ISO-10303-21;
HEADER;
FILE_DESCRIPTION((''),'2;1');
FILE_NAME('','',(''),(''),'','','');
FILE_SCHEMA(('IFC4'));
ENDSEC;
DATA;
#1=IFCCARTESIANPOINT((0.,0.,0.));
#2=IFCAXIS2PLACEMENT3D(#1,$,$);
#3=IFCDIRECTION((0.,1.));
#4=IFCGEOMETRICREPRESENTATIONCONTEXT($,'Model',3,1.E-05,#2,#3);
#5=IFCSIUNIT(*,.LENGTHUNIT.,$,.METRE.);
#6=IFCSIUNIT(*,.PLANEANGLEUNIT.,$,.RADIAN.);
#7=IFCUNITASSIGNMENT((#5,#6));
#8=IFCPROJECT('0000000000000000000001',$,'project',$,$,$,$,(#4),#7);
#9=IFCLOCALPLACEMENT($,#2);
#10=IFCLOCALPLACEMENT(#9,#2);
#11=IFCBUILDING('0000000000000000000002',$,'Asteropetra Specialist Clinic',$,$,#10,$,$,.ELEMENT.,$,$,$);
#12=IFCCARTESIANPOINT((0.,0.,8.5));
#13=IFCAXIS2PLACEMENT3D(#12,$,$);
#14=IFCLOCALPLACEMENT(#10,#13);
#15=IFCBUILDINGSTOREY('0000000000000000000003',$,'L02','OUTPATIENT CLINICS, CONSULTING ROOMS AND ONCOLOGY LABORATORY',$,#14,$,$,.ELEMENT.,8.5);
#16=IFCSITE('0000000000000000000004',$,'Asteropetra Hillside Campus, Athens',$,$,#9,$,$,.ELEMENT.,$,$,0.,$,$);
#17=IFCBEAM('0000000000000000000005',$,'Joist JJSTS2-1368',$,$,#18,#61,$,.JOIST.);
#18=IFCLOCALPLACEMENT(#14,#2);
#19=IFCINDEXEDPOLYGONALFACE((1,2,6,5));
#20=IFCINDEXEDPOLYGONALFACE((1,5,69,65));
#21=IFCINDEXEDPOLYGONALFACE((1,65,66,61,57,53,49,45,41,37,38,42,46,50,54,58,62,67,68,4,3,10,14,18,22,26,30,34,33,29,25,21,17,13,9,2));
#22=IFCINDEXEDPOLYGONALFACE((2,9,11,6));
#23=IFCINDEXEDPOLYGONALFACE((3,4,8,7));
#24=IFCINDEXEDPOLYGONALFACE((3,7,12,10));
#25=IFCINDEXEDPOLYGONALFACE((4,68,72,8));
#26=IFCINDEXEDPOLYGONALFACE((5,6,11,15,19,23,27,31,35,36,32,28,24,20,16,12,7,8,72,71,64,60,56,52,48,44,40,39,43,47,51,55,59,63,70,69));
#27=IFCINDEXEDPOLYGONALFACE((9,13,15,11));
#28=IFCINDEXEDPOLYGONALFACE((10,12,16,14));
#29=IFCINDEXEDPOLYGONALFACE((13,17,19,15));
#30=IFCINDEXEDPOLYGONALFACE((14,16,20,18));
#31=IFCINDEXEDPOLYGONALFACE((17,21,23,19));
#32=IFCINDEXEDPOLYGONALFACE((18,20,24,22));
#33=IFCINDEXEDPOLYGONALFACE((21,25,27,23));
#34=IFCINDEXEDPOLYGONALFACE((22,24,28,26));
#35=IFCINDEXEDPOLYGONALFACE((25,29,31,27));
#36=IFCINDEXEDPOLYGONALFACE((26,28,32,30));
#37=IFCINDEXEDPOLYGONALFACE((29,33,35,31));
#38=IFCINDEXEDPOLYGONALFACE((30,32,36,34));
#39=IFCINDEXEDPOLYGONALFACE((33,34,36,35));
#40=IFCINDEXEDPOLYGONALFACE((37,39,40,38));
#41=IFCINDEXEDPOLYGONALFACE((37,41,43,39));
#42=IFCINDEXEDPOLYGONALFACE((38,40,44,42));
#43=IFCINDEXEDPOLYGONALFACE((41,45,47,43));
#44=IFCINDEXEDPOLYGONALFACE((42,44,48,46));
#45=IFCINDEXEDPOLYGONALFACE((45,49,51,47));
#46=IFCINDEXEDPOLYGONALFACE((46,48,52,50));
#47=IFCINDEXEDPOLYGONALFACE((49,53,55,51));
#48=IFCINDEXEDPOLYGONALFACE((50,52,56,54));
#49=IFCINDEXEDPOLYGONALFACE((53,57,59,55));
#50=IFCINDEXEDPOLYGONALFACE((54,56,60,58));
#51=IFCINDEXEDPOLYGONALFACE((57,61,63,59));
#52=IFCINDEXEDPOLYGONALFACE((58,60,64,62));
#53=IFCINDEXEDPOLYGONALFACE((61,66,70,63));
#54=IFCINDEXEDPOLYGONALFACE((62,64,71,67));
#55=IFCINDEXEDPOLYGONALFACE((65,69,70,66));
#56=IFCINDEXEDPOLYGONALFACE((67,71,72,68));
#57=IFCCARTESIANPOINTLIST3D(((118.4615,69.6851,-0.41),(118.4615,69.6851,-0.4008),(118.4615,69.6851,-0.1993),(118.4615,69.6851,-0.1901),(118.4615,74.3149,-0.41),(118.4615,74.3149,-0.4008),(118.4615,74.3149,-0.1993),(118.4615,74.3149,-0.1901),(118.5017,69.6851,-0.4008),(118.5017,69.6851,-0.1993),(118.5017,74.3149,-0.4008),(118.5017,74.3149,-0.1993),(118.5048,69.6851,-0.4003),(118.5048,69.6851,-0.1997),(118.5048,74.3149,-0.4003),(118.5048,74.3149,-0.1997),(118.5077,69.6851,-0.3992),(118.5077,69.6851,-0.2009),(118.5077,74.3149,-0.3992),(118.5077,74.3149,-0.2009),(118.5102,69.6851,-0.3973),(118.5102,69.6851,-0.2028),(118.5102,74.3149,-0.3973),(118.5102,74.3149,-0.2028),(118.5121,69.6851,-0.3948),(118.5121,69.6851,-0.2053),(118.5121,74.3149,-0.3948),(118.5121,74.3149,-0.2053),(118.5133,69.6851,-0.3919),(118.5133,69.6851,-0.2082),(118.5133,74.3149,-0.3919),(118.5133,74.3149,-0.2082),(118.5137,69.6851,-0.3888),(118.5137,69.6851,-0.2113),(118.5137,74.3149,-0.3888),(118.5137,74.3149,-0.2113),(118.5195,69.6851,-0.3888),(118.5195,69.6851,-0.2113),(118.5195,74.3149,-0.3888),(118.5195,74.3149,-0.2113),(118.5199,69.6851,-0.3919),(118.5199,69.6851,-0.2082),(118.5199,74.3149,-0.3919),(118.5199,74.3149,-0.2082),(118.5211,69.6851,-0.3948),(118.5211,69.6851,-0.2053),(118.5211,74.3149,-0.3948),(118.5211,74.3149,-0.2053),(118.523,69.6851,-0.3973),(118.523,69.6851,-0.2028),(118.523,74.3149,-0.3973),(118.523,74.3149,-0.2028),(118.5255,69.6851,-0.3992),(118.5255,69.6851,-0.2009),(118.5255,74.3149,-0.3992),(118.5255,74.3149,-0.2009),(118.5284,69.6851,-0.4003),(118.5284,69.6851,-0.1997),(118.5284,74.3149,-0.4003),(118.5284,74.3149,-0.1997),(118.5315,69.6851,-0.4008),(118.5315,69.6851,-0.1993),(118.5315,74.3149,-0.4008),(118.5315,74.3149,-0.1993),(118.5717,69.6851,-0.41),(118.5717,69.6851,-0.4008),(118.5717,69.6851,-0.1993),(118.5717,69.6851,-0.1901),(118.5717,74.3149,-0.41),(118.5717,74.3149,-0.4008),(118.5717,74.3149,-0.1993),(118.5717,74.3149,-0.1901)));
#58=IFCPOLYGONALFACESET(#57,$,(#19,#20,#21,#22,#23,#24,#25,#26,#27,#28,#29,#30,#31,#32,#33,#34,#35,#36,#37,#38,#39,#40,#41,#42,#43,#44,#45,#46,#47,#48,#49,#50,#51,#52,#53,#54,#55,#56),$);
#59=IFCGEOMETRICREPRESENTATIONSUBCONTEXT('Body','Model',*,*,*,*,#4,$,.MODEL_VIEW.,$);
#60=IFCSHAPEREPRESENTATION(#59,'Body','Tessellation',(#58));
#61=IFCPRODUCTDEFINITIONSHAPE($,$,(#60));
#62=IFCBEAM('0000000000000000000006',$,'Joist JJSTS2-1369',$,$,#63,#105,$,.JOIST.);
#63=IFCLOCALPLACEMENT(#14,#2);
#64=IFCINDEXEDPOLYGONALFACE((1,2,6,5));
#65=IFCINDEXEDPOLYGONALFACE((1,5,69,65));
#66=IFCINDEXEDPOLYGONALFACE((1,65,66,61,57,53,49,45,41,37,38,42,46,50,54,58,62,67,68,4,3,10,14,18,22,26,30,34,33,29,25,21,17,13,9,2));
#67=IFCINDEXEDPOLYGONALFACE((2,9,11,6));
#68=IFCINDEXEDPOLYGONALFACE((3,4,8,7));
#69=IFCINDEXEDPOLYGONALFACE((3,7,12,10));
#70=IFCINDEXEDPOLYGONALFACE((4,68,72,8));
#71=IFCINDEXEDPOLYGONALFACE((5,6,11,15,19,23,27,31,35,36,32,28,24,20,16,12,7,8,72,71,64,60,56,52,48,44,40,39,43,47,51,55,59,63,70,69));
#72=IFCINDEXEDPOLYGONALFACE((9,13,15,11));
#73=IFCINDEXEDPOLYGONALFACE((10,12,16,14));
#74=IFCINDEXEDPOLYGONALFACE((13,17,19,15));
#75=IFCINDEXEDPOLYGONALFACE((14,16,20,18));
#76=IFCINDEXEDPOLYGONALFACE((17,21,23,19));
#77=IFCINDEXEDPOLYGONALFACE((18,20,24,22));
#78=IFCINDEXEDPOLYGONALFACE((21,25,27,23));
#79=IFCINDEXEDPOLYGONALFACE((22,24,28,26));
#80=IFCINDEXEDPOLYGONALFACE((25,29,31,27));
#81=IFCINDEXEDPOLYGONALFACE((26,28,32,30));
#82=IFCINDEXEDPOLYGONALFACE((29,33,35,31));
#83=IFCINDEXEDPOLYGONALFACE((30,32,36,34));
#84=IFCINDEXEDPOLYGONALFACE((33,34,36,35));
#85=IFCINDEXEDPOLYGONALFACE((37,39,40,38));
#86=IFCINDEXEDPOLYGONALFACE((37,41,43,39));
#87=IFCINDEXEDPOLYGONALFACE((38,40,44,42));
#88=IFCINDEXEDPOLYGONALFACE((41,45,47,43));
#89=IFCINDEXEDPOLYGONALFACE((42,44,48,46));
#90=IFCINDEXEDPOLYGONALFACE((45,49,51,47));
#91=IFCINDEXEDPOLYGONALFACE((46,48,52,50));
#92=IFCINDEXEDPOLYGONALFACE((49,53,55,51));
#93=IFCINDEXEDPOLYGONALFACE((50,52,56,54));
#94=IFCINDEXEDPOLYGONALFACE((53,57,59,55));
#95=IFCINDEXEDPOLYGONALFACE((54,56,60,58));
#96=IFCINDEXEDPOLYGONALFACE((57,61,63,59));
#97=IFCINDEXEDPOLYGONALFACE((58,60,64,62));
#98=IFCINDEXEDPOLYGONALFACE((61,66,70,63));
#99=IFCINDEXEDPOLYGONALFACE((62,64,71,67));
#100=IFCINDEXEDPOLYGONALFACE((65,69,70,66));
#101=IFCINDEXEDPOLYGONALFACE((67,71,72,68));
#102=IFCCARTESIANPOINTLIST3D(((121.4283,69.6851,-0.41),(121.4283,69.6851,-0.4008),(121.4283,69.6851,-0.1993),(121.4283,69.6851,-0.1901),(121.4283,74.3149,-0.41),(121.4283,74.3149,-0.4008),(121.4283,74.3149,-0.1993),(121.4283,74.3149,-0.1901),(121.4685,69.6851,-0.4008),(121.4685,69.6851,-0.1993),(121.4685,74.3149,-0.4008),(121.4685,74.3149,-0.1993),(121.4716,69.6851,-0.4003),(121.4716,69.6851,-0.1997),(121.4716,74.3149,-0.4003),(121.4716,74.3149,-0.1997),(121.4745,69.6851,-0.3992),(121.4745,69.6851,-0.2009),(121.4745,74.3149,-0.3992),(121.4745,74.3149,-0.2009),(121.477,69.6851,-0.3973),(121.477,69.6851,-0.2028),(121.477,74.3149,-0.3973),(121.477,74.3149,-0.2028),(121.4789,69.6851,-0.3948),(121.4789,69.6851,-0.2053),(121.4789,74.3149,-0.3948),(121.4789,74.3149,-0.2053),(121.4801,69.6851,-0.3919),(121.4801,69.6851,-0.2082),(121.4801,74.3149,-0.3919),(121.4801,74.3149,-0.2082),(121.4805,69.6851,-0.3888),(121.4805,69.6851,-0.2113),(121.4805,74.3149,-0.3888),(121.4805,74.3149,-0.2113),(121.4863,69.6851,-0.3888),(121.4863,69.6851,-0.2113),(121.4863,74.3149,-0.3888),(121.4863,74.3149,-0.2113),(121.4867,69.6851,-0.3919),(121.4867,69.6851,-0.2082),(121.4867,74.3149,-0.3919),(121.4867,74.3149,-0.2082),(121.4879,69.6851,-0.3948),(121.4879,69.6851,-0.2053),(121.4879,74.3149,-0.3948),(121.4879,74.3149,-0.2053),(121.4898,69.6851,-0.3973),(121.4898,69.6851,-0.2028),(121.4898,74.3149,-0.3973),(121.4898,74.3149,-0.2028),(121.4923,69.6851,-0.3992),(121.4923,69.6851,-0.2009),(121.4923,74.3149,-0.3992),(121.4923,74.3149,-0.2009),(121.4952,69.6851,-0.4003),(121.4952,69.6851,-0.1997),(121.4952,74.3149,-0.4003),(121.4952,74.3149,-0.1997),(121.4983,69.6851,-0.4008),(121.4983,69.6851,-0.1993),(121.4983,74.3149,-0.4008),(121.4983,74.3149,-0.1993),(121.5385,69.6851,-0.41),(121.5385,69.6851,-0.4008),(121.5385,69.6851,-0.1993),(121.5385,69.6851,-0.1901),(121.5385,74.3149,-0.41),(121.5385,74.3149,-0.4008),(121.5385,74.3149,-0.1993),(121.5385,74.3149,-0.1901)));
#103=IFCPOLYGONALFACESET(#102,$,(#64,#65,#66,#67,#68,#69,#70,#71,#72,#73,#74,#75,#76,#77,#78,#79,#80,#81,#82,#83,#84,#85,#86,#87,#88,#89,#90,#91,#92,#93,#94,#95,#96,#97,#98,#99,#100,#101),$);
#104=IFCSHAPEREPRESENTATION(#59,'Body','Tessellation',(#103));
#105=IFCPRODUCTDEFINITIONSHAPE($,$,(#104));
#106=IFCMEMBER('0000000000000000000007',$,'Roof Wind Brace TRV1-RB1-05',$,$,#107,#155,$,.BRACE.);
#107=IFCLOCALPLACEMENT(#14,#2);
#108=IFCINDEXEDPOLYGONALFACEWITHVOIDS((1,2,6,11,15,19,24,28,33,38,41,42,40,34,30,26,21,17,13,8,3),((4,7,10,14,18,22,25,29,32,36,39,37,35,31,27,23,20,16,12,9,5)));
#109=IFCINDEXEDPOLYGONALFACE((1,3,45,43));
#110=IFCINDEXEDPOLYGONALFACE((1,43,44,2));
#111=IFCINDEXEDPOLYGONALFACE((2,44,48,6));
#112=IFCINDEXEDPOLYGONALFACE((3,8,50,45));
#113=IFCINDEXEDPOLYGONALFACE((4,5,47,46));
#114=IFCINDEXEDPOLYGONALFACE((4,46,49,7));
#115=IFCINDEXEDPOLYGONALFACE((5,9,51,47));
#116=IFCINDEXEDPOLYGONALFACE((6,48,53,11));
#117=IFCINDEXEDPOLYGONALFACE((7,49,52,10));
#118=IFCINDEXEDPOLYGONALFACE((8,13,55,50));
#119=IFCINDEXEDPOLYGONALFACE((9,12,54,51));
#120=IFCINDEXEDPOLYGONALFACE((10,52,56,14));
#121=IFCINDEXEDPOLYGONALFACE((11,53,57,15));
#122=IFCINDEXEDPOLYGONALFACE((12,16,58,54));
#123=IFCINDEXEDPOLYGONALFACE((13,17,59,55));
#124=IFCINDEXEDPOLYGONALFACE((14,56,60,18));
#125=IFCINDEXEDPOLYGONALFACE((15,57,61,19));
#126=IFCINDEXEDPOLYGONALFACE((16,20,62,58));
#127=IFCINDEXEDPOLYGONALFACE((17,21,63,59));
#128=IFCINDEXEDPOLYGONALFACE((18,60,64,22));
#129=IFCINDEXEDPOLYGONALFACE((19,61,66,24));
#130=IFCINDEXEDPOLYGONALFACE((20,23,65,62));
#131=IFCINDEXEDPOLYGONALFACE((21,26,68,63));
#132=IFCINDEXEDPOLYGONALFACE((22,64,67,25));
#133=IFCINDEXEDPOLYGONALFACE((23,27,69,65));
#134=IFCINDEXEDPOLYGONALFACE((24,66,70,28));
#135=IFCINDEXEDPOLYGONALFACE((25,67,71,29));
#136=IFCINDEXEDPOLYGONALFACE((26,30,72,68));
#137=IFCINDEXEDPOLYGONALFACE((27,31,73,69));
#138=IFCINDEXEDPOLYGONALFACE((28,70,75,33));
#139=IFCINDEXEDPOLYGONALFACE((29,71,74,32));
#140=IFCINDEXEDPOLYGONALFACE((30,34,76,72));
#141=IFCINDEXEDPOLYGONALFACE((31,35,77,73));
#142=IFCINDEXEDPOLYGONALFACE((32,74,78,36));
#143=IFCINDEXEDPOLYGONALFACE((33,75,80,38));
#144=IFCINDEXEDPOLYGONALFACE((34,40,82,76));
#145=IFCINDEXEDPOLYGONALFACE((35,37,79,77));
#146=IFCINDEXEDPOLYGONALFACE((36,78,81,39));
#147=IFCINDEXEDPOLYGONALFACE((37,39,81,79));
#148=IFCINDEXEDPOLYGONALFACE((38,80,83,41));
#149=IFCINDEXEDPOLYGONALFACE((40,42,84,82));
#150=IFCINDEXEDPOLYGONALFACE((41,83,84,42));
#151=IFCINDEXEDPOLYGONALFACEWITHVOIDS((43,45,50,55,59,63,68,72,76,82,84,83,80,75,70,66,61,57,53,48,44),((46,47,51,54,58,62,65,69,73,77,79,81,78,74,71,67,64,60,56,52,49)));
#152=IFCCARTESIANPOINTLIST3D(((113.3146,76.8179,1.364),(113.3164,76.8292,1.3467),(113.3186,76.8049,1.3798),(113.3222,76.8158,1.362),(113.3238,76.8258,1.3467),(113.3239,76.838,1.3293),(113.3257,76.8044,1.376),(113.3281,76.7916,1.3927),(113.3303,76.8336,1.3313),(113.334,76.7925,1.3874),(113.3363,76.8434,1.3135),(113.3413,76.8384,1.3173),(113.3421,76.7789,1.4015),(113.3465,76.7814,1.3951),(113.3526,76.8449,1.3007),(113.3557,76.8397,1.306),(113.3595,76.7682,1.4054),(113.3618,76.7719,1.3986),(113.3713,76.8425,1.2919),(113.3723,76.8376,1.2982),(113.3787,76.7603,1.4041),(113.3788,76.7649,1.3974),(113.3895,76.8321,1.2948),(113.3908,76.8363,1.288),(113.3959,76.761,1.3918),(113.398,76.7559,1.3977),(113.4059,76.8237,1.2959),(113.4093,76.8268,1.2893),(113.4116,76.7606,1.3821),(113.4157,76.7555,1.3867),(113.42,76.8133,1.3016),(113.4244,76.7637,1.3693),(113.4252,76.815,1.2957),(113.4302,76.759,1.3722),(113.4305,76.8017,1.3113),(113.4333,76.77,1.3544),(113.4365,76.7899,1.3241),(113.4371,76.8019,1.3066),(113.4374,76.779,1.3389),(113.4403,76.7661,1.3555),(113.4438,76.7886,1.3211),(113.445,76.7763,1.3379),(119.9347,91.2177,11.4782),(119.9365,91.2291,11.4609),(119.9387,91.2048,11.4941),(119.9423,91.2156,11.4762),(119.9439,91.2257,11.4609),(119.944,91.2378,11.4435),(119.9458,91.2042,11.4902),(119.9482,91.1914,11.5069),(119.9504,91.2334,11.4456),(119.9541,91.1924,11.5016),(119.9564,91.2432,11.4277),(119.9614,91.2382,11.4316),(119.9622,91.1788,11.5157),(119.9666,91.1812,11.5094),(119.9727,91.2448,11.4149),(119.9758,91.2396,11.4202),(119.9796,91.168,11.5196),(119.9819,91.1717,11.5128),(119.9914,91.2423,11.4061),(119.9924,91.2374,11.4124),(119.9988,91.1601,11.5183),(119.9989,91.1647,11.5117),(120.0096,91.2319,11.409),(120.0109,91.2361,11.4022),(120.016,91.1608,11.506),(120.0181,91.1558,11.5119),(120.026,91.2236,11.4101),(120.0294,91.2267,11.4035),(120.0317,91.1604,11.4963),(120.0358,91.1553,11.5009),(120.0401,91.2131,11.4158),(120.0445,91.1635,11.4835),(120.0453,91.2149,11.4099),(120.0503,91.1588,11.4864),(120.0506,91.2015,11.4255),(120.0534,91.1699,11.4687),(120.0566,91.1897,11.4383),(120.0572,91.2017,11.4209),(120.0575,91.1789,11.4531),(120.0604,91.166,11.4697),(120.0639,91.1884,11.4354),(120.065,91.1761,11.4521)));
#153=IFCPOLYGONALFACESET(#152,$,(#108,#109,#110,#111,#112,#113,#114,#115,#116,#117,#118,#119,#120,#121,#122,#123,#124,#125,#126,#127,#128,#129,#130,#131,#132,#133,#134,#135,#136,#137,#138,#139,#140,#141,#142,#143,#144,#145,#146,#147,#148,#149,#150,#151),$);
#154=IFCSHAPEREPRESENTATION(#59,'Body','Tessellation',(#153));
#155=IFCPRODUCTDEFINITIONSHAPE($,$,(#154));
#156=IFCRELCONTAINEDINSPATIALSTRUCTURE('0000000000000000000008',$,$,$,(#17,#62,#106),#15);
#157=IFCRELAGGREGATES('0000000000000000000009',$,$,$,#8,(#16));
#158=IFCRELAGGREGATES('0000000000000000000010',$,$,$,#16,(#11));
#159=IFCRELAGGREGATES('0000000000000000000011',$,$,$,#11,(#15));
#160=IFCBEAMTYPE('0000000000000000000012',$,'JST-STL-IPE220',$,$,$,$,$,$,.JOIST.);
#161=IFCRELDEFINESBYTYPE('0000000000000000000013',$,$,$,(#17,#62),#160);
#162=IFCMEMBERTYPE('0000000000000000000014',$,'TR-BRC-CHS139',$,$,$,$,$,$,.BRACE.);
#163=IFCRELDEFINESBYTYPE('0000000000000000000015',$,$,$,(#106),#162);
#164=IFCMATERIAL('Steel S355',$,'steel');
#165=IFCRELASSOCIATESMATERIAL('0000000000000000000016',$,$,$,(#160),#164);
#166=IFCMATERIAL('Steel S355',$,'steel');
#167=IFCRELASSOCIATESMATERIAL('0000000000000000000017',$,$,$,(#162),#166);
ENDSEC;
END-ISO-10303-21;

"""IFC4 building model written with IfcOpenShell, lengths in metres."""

from ifc_helpers import new_model, si_unit, direction, frame, origin, origin_2d, place, context, subcontext, project, spatial, hollow_circle, i_section, extrude, material, material_profile, profile_set, type_object, element, save


model = new_model("IFC4")

# Units and contexts
model_context = context("Model", 3, precision=1e-05, world=origin(), true_north=direction((0.0, 1.0)))
body_context = subcontext(model_context, "Body", "Model", "MODEL_VIEW")
ifc_project = project(units=[si_unit("LENGTHUNIT", "METRE"), si_unit("PLANEANGLEUNIT", "RADIAN")], contexts=[model_context])

# Site, building, storey
site_placement = place(None, origin())
site = spatial("IfcSite", under=ifc_project, at=site_placement, Name="Asteropetra Hillside Campus, Athens", CompositionType="ELEMENT", RefElevation=0.0)
building_placement = place(site_placement, origin())
building = spatial("IfcBuilding", under=site, at=building_placement, Name="Asteropetra Specialist Clinic", CompositionType="ELEMENT")
storey_placement = place(building_placement, frame((0.0, 0.0, 8.5)))
storey = spatial("IfcBuildingStorey", under=building, at=storey_placement, Name="L02", Description="OUTPATIENT CLINICS, CONSULTING ROOMS AND ONCOLOGY LABORATORY", CompositionType="ELEMENT", Elevation=8.5)

# Beams
ifc_material_1 = material(Name="Steel S355", Category="steel")
ifc_material_profile_1 = material_profile(ifc_material_1, i_section(OverallWidth=0.1101, OverallDepth=0.22, WebThickness=0.0059, FlangeThickness=0.0093, FilletRadius=0.012, at=origin_2d()), Name="IPE 220")
ifc_profile_set_1 = profile_set([ifc_material_profile_1], Name="Steel S355")
beam_type_1 = type_object("IfcBeamType", Name="JST-STL-IPE220", PredefinedType="JOIST", material=ifc_profile_set_1)
for number, where, z_axis, x_axis, name in (
    (1, (118.5166, 69.6851, -0.3), (0.0, 1.0, 0.0), (-1.0, 0.0, 0.0), "Joist JJSTS2-1368"),
    (2, (121.4834, 69.6851, -0.3), (0.0, 1.0, 0.0), (-1.0, 0.0, 0.0), "Joist JJSTS2-1369"),
):
    element("IfcBeam", number, at=place(storey_placement, frame(where, z_axis=z_axis, x_axis=x_axis)), inside=storey, type_object=beam_type_1, Name=name, PredefinedType="JOIST", context=body_context, shape_type="SweptSolid", body=[
        extrude(i_section(OverallWidth=0.1101, OverallDepth=0.22, WebThickness=0.0059, FlangeThickness=0.0093, FilletRadius=0.012, at=origin_2d()), origin(), (0.0, 0.0, 1.0), 4.6299),
    ])

# Member
ifc_material_2 = material(Name="Steel S355", Category="steel")
ifc_material_profile_2 = material_profile(ifc_material_2, hollow_circle(Radius=0.0698, WallThickness=0.0081, at=origin_2d()), Name="CHS 139.7x8.0")
ifc_profile_set_2 = profile_set([ifc_material_profile_2], Name="Steel S355")
member_type_1 = type_object("IfcMemberType", Name="TR-BRC-CHS139", PredefinedType="BRACE", material=ifc_profile_set_2)
member_1_placement = place(storey_placement, frame((113.3799, 76.8, 1.3467), z_axis=(0.352113, 0.765907, 0.537961), x_axis=(-0.908582, 0.417706, 0.0)))
element("IfcMember", 3, at=member_1_placement, inside=storey, type_object=member_type_1, Name="Roof Wind Brace TRV1-RB1-05", PredefinedType="BRACE", context=body_context, shape_type="SweptSolid", body=[
    extrude(hollow_circle(Radius=0.0698, WallThickness=0.0081, at=origin_2d()), origin(), (0.0, 0.0, 1.0), 18.801),
])

save(model, "model.ifc")
